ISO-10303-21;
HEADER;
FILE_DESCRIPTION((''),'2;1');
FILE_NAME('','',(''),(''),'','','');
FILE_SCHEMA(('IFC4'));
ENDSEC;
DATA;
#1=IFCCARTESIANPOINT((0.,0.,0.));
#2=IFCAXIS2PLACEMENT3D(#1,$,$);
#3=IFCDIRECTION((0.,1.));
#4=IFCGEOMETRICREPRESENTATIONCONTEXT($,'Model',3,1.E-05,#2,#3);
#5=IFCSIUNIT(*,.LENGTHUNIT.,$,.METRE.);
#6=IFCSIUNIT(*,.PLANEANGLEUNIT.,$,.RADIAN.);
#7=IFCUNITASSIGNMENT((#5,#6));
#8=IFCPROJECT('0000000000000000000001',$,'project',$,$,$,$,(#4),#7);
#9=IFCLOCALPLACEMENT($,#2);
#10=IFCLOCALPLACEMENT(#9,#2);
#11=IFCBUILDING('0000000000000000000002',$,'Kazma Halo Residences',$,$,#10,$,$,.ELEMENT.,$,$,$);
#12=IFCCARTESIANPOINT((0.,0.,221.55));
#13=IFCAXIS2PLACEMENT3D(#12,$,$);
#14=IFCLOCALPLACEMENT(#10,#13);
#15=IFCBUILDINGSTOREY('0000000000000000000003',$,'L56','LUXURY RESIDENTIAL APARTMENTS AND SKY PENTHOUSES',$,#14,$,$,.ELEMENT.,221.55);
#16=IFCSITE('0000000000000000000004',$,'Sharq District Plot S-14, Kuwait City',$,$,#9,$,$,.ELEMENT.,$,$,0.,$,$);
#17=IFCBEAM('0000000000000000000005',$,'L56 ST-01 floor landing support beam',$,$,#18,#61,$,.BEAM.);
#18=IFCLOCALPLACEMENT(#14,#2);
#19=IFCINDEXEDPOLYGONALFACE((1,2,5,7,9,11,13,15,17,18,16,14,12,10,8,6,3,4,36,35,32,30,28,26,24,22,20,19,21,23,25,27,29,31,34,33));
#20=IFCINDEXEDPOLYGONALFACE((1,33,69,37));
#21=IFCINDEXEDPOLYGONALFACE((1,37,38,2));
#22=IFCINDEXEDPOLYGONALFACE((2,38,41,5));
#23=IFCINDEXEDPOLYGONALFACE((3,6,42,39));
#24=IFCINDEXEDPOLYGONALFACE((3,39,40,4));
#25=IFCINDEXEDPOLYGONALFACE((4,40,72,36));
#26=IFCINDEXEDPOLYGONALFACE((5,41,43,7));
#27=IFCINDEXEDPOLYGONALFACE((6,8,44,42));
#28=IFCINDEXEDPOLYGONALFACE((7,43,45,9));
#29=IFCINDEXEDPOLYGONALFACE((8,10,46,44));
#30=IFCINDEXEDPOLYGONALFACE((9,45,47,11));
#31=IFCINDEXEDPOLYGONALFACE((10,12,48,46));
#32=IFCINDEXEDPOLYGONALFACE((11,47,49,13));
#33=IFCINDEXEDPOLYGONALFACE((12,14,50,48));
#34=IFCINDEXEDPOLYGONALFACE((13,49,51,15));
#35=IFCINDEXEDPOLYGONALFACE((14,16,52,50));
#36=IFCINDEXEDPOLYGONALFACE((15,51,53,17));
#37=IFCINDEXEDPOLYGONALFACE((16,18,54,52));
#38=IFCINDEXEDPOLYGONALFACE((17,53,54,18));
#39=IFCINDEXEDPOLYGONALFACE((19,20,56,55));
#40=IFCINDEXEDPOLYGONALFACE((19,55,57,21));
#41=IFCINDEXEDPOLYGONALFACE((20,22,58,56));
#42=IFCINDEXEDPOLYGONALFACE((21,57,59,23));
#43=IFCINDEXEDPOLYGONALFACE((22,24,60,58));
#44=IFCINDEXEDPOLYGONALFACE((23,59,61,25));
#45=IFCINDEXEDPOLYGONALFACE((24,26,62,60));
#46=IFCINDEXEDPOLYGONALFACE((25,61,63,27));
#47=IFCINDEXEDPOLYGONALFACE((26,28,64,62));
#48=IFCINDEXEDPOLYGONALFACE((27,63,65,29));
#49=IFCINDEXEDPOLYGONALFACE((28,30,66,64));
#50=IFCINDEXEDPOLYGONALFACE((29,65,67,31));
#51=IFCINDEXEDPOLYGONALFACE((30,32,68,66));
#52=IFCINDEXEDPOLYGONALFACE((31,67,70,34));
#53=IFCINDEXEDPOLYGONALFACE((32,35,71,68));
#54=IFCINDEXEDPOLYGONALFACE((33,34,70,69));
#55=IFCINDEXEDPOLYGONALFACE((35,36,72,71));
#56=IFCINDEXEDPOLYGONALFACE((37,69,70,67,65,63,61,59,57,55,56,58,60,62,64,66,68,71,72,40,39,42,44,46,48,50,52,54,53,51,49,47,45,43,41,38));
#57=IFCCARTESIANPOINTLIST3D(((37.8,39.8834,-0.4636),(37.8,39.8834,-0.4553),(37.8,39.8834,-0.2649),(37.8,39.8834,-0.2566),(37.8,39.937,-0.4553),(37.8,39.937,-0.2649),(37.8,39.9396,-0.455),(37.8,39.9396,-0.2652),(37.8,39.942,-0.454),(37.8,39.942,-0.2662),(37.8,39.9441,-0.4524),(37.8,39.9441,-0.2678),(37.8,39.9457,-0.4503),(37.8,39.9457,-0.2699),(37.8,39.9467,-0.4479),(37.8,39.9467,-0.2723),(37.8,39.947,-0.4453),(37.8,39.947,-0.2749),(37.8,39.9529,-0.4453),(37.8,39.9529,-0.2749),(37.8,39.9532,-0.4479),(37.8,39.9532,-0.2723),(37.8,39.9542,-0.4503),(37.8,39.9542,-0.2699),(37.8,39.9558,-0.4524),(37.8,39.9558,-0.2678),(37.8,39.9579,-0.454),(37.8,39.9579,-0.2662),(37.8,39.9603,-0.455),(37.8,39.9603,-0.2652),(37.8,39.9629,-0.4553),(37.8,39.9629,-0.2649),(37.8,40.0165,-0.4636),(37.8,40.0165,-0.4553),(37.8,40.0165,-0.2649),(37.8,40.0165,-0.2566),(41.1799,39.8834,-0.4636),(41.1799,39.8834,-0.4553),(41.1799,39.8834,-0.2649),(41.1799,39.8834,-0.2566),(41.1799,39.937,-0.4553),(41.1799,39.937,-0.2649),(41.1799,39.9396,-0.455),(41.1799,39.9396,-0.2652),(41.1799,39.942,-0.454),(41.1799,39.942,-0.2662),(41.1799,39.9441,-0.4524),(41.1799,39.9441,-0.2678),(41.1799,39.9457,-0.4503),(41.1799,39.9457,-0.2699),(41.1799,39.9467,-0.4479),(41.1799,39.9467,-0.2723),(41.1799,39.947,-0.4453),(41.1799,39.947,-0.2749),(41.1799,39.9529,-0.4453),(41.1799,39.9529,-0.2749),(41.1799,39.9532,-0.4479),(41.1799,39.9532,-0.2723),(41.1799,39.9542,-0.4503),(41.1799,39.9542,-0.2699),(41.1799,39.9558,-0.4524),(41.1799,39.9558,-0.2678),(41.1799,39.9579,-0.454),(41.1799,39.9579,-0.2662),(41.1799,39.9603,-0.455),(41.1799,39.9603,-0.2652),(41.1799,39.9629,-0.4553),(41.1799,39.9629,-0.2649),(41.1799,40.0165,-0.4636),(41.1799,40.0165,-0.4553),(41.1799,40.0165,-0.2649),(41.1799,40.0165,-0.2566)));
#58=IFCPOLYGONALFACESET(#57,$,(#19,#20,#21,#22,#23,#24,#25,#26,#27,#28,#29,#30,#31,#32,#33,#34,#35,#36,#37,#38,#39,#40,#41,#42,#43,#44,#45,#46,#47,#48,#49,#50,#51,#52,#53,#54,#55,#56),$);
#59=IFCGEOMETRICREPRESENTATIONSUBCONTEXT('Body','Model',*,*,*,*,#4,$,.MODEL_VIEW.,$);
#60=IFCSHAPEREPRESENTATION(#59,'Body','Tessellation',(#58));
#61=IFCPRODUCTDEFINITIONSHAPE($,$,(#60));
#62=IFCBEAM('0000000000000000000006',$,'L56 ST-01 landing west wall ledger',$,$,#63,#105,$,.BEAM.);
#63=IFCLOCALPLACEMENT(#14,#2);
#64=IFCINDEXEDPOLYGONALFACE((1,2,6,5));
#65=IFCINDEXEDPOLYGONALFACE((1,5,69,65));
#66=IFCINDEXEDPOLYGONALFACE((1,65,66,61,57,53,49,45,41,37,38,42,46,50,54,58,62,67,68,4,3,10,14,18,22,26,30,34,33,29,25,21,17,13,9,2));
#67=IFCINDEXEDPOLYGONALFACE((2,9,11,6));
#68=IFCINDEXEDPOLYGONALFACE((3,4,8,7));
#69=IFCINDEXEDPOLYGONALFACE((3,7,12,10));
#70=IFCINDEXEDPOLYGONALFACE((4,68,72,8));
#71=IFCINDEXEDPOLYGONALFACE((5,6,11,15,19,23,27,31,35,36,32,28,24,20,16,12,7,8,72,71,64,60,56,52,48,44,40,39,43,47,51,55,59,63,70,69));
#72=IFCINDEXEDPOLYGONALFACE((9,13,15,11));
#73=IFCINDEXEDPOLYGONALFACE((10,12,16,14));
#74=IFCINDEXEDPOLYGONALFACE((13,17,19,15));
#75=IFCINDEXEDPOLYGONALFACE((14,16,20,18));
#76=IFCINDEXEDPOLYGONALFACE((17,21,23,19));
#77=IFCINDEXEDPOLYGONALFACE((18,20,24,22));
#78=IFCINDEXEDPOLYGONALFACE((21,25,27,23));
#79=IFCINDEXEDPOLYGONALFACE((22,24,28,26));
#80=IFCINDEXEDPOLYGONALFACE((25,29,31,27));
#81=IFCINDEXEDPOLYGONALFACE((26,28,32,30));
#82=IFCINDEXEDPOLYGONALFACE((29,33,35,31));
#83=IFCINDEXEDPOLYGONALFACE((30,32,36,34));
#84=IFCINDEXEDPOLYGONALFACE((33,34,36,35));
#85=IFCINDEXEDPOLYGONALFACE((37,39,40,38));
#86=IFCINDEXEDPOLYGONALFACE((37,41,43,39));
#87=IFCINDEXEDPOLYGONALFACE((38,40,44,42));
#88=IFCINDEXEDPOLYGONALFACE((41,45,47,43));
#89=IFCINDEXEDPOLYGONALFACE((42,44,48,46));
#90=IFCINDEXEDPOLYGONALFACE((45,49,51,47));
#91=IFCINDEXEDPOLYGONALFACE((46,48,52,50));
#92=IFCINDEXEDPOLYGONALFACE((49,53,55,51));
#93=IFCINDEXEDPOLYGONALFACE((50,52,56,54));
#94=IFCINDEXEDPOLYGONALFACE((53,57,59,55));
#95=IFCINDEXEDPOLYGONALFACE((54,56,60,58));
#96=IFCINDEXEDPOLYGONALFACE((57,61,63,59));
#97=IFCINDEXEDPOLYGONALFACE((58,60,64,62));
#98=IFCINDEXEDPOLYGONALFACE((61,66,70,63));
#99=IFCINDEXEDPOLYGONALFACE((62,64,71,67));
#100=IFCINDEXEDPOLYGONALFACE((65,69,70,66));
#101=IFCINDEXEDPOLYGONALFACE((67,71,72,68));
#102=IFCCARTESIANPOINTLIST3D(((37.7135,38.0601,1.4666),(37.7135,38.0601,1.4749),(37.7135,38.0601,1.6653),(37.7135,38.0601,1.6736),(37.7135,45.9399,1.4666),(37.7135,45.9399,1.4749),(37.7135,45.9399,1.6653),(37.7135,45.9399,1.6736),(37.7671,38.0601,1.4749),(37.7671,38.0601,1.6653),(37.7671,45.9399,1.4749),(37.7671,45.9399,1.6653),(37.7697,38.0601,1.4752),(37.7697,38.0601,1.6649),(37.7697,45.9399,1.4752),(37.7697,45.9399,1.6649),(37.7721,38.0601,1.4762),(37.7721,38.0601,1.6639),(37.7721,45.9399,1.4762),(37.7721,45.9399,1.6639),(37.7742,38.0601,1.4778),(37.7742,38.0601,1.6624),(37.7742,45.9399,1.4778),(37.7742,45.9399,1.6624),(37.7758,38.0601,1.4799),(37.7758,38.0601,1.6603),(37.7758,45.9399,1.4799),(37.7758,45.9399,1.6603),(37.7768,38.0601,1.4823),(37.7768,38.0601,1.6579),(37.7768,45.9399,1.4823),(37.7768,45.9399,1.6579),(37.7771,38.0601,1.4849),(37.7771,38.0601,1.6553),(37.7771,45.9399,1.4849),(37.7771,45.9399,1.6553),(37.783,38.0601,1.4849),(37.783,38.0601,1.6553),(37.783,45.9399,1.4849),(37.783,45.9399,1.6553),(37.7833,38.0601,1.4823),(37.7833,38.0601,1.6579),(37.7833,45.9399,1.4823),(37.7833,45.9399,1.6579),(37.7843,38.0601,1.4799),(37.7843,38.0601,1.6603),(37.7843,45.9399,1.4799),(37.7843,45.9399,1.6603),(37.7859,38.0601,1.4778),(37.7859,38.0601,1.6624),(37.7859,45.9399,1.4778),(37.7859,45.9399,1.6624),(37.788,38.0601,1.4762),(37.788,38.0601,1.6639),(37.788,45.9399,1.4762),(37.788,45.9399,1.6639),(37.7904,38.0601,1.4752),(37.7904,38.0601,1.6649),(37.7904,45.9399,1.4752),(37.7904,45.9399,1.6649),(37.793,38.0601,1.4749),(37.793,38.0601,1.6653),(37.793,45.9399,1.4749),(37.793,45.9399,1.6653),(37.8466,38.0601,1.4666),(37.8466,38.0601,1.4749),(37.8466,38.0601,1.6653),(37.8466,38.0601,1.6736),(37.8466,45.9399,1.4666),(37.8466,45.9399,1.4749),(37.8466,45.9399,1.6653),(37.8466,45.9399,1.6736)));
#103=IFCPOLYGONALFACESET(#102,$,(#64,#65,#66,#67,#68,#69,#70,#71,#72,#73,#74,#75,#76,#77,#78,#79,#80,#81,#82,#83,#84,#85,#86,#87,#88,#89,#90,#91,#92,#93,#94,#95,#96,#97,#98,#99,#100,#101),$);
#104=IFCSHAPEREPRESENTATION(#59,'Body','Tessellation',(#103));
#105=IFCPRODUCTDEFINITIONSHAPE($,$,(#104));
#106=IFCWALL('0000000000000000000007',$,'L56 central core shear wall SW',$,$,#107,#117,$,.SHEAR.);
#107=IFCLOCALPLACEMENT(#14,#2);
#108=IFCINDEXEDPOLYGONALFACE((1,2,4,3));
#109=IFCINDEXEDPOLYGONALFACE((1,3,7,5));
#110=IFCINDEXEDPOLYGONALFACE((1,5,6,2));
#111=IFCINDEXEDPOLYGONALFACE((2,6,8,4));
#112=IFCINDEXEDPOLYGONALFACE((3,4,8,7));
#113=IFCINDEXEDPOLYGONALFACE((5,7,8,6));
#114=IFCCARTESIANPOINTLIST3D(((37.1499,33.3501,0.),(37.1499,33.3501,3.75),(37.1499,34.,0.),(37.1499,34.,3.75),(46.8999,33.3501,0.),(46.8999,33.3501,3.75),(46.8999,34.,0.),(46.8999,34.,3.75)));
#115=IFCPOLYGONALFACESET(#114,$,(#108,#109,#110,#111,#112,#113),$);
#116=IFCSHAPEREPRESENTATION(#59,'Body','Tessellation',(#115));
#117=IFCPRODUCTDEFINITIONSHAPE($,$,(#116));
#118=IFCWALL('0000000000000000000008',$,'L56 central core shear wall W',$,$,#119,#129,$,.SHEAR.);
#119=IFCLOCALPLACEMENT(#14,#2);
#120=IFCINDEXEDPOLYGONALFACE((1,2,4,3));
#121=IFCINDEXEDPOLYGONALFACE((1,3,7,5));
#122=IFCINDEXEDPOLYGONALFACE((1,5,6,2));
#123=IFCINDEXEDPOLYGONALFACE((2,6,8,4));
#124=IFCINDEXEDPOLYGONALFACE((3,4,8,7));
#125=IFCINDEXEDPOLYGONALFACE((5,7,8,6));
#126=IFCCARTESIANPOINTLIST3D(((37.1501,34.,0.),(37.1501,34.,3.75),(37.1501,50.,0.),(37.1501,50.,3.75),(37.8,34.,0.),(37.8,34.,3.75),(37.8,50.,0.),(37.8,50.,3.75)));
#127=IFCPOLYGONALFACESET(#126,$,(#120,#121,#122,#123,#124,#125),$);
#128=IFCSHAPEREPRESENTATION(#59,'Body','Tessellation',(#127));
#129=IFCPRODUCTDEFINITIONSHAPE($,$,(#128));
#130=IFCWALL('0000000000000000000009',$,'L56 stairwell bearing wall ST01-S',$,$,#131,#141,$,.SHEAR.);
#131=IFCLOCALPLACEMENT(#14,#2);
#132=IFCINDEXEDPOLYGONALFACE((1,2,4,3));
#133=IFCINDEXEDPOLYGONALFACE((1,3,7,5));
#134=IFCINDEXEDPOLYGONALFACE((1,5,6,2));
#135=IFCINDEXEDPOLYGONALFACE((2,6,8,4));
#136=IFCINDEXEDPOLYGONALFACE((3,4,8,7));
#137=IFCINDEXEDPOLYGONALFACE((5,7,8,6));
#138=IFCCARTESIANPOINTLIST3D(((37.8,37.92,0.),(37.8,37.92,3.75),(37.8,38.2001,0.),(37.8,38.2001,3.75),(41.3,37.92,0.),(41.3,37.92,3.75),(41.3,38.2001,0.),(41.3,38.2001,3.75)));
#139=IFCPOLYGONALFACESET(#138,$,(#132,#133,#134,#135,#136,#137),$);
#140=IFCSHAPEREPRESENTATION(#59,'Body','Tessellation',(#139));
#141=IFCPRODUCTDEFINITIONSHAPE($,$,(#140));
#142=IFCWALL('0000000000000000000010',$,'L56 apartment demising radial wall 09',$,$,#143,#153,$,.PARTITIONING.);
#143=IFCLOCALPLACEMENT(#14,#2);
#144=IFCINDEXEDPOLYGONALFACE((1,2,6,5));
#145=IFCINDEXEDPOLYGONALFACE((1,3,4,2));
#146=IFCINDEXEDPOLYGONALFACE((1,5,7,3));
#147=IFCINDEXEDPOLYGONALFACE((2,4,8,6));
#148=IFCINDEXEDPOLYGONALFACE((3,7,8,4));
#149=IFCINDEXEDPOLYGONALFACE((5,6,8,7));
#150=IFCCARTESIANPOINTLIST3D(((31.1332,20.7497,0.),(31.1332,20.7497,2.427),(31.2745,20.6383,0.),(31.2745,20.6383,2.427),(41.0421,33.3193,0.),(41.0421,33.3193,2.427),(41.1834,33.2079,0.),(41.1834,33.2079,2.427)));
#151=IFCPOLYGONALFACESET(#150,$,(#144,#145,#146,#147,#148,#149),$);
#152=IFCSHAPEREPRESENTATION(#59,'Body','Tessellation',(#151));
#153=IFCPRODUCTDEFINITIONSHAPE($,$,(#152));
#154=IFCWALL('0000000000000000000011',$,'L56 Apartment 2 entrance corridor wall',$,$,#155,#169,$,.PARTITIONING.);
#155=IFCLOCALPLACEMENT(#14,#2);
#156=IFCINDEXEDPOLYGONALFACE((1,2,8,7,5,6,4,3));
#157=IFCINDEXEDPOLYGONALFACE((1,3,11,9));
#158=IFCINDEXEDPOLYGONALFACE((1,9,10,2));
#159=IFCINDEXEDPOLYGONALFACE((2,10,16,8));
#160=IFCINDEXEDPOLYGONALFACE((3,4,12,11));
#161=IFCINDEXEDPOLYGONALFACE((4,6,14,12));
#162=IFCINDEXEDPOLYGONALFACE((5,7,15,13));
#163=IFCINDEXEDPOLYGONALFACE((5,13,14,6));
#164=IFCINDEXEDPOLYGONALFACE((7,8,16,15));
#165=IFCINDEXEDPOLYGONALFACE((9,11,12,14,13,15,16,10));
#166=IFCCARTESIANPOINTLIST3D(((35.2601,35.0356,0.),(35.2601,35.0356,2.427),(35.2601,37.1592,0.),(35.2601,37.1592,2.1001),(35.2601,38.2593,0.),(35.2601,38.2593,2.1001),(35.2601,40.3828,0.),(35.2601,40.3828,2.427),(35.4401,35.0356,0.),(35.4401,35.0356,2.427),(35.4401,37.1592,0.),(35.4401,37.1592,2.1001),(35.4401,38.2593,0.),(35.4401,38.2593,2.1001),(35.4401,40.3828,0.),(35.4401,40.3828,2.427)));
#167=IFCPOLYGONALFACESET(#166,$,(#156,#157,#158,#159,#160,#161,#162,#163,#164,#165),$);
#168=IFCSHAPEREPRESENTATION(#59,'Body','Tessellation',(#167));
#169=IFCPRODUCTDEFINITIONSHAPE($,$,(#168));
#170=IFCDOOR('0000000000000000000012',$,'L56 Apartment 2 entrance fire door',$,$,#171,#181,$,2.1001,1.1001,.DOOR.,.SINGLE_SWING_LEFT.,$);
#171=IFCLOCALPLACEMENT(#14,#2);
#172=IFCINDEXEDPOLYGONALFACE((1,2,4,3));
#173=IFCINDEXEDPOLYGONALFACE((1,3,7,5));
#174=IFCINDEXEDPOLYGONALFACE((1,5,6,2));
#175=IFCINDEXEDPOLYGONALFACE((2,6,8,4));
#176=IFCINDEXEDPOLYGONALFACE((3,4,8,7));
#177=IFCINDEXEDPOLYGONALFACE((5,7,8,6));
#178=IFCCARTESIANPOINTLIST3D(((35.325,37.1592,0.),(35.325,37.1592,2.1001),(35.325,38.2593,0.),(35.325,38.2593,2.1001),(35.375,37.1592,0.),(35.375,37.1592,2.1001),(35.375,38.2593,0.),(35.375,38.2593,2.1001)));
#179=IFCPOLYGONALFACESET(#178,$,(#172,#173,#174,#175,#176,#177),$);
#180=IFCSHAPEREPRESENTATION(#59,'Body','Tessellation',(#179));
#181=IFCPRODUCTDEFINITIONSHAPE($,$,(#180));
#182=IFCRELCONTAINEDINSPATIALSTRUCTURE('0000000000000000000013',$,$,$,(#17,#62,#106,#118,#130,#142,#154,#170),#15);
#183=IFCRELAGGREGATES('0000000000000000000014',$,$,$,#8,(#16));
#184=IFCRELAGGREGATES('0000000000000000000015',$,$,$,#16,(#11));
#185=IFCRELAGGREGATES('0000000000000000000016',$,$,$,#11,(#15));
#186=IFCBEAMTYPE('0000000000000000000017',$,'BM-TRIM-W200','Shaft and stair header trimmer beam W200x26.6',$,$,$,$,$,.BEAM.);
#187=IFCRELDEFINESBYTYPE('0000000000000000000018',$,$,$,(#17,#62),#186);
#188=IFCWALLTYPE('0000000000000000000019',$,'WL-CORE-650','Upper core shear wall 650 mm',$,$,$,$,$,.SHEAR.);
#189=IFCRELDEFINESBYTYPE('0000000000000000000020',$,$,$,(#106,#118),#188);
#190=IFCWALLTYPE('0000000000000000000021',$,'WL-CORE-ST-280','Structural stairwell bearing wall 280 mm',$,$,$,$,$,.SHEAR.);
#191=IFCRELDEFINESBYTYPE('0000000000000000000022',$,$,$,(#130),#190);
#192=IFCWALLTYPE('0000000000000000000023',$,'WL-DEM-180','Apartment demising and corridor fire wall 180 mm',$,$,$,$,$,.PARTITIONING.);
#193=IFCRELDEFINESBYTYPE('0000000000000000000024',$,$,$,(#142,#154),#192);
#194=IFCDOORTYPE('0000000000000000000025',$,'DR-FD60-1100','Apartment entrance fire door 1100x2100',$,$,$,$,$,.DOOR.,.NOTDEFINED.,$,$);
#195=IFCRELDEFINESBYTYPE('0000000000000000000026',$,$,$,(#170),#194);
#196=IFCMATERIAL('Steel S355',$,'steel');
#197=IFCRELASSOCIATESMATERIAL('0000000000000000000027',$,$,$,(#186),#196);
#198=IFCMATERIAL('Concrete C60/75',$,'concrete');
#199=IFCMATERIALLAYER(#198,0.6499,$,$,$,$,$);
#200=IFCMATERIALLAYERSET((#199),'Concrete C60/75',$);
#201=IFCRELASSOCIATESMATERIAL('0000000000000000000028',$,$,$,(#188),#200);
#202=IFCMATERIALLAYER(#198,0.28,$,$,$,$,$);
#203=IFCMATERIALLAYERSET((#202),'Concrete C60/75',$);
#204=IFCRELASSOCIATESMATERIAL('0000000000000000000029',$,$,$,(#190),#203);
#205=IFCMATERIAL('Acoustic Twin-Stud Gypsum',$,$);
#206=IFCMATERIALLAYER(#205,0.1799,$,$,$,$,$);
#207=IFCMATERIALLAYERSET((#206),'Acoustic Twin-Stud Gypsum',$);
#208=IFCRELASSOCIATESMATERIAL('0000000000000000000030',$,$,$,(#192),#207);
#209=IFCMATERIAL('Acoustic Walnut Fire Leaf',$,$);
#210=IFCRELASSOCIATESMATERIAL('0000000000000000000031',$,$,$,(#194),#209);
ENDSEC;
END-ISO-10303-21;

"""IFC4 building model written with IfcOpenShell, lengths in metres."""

from ifc_helpers import new_model, si_unit, direction, frame, frame_2d, origin, origin_2d, place, context, subcontext, project, spatial, rectangle, i_section, extrude, material, layer, layer_set, material_profile, profile_set, type_object, element, fill, save


model = new_model("IFC4")

# Units and contexts
model_context = context("Model", 3, precision=1e-05, world=origin(), true_north=direction((0.0, 1.0)))
body_context = subcontext(model_context, "Body", "Model", "MODEL_VIEW")
ifc_project = project(units=[si_unit("LENGTHUNIT", "METRE"), si_unit("PLANEANGLEUNIT", "RADIAN")], contexts=[model_context])

# Site, building, storey
site_placement = place(None, origin())
site = spatial("IfcSite", under=ifc_project, at=site_placement, Name="Sharq District Plot S-14, Kuwait City", CompositionType="ELEMENT", RefElevation=0.0)
building_placement = place(site_placement, origin())
building = spatial("IfcBuilding", under=site, at=building_placement, Name="Kazma Halo Residences", CompositionType="ELEMENT")
storey_placement = place(building_placement, frame((0.0, 0.0, 221.55)))
storey = spatial("IfcBuildingStorey", under=building, at=storey_placement, Name="L56", Description="LUXURY RESIDENTIAL APARTMENTS AND SKY PENTHOUSES", CompositionType="ELEMENT", Elevation=221.55)

# Beams
ifc_material_1 = material(Name="Steel S355", Category="steel")
ifc_material_profile_1 = material_profile(ifc_material_1, i_section(OverallWidth=0.1331, OverallDepth=0.207, WebThickness=0.0059, FlangeThickness=0.0083, FilletRadius=0.01, at=origin_2d()), Name="W200x26.6")
ifc_profile_set_1 = profile_set([ifc_material_profile_1], Name="Steel S355")
beam_type_1 = type_object("IfcBeamType", Name="BM-TRIM-W200", Description="Shaft and stair header trimmer beam W200x26.6", PredefinedType="BEAM", material=ifc_profile_set_1)
beam_1_placement = place(storey_placement, frame((37.8, 39.95, -0.3601), z_axis=(1.0, 0.0, 0.0), x_axis=(0.0, 1.0, 0.0)))
element("IfcBeam", 1, at=beam_1_placement, inside=storey, type_object=beam_type_1, Name="L56 ST-01 floor landing support beam", PredefinedType="BEAM", context=body_context, shape_type="SweptSolid", body=[
    extrude(i_section(OverallWidth=0.1331, OverallDepth=0.207, WebThickness=0.0059, FlangeThickness=0.0083, FilletRadius=0.01, at=origin_2d()), origin(), (0.0, 0.0, 1.0), 3.3799),
])
beam_2_placement = place(storey_placement, frame((37.78, 38.0601, 1.5701), z_axis=(0.0, 1.0, 0.0), x_axis=(-1.0, 0.0, 0.0)))
element("IfcBeam", 2, at=beam_2_placement, inside=storey, type_object=beam_type_1, Name="L56 ST-01 landing west wall ledger", PredefinedType="BEAM", context=body_context, shape_type="SweptSolid", body=[
    extrude(i_section(OverallWidth=0.1331, OverallDepth=0.207, WebThickness=0.0059, FlangeThickness=0.0083, FilletRadius=0.01, at=origin_2d()), origin(), (0.0, 0.0, 1.0), 7.8799),
])

# Walls
ifc_material_2 = material(Name="Concrete C60/75", Category="concrete")
ifc_layer_1 = layer(ifc_material_2, 0.6499)
ifc_layer_set_1 = layer_set([ifc_layer_1], Name="Concrete C60/75")
wall_type_1 = type_object("IfcWallType", Name="WL-CORE-650", Description="Upper core shear wall 650 mm", PredefinedType="SHEAR", material=ifc_layer_set_1)
wall_1_placement = place(storey_placement, frame((37.1499, 33.675, 0.0), z_axis=(0.0, 0.0, 1.0), x_axis=(1.0, 0.0, 0.0)))
element("IfcWall", 3, at=wall_1_placement, inside=storey, type_object=wall_type_1, Name="L56 central core shear wall SW", PredefinedType="SHEAR", context=body_context, shape_type="SweptSolid", body=[
    extrude(rectangle(XDim=9.75, YDim=0.6499, at=frame_2d((4.875, 0.0))), origin(), (0.0, 0.0, 1.0), 3.75),
])
wall_2_placement = place(storey_placement, frame((37.4751, 34.0, 0.0), z_axis=(0.0, 0.0, 1.0), x_axis=(0.0, 1.0, 0.0)))
element("IfcWall", 4, at=wall_2_placement, inside=storey, type_object=wall_type_1, Name="L56 central core shear wall W", PredefinedType="SHEAR", context=body_context, shape_type="SweptSolid", body=[
    extrude(rectangle(XDim=16.0, YDim=0.6499, at=frame_2d((8.0, 0.0))), origin(), (0.0, 0.0, 1.0), 3.75),
])
ifc_layer_2 = layer(ifc_material_2, 0.28)
ifc_layer_set_2 = layer_set([ifc_layer_2], Name="Concrete C60/75")
wall_type_2 = type_object("IfcWallType", Name="WL-CORE-ST-280", Description="Structural stairwell bearing wall 280 mm", PredefinedType="SHEAR", material=ifc_layer_set_2)
wall_3_placement = place(storey_placement, frame((37.8, 38.0601, 0.0), z_axis=(0.0, 0.0, 1.0), x_axis=(1.0, 0.0, 0.0)))
element("IfcWall", 5, at=wall_3_placement, inside=storey, type_object=wall_type_2, Name="L56 stairwell bearing wall ST01-S", PredefinedType="SHEAR", context=body_context, shape_type="SweptSolid", body=[
    extrude(rectangle(XDim=3.5, YDim=0.28, at=frame_2d((1.75, 0.0))), origin(), (0.0, 0.0, 1.0), 3.75),
])
ifc_material_3 = material(Name="Acoustic Twin-Stud Gypsum")
ifc_layer_3 = layer(ifc_material_3, 0.1799)
ifc_layer_set_3 = layer_set([ifc_layer_3], Name="Acoustic Twin-Stud Gypsum")
wall_type_3 = type_object("IfcWallType", Name="WL-DEM-180", Description="Apartment demising and corridor fire wall 180 mm", PredefinedType="PARTITIONING", material=ifc_layer_set_3)
wall_4_placement = place(storey_placement, frame((41.1128, 33.2637, 0.0), z_axis=(0.0, 0.0, 1.0), x_axis=(-0.619089, -0.785321, 0.0)))
element("IfcWall", 6, at=wall_4_placement, inside=storey, type_object=wall_type_3, Name="L56 apartment demising radial wall 09", PredefinedType="PARTITIONING", context=body_context, shape_type="SweptSolid", body=[
    extrude(rectangle(XDim=16.0056, YDim=0.1799, at=frame_2d((8.0029, 0.0))), origin(), (0.0, 0.0, 1.0), 2.427),
])

# Wall, opening, door
wall_5_placement = place(storey_placement, frame((35.3501, 40.3828, 0.0), z_axis=(0.0, 0.0, 1.0), x_axis=(0.0, -1.0, 0.0)))
wall_5 = element("IfcWall", 7, at=wall_5_placement, inside=storey, type_object=wall_type_3, Name="L56 Apartment 2 entrance corridor wall", PredefinedType="PARTITIONING", context=body_context, shape_type="SweptSolid", body=[
    extrude(rectangle(XDim=5.3472, YDim=0.1799, at=frame_2d((2.6736, 0.0))), origin(), (0.0, 0.0, 1.0), 2.427),
])
opening_1_placement = place(wall_5_placement, frame((2.1235, 0.0, 0.0)))
opening_1 = element("IfcOpeningElement", 8, at=opening_1_placement, cuts=wall_5, PredefinedType="OPENING", context=body_context, shape_type="SweptSolid", body=[
    extrude(rectangle(XDim=1.1001, YDim=2.1001, at=frame_2d((0.55, 1.05))), frame((0.0, 0.0999, 0.0), z_axis=(0.0, -1.0, 0.0), x_axis=(1.0, 0.0, 0.0)), (0.0, 0.0, 1.0), 0.2),
])
ifc_material_4 = material(Name="Acoustic Walnut Fire Leaf")
door_type_1 = type_object("IfcDoorType", Name="DR-FD60-1100", Description="Apartment entrance fire door 1100x2100", OperationType="NOTDEFINED", PredefinedType="DOOR", material=ifc_material_4)
door_1_placement = place(opening_1_placement, origin())
door_1 = element("IfcDoor", 9, at=door_1_placement, inside=storey, type_object=door_type_1, Name="L56 Apartment 2 entrance fire door", OperationType="SINGLE_SWING_LEFT", OverallHeight=2.1001, OverallWidth=1.1001, PredefinedType="DOOR", context=body_context, shape_type="SweptSolid", body=[
    extrude(rectangle(XDim=1.1001, YDim=2.1001, at=frame_2d((0.55, 1.05))), frame((0.0, 0.0249, 0.0), z_axis=(0.0, -1.0, 0.0), x_axis=(1.0, 0.0, 0.0)), (0.0, 0.0, 1.0), 0.05),
])
fill(opening_1, door_1)

save(model, "model.ifc")
